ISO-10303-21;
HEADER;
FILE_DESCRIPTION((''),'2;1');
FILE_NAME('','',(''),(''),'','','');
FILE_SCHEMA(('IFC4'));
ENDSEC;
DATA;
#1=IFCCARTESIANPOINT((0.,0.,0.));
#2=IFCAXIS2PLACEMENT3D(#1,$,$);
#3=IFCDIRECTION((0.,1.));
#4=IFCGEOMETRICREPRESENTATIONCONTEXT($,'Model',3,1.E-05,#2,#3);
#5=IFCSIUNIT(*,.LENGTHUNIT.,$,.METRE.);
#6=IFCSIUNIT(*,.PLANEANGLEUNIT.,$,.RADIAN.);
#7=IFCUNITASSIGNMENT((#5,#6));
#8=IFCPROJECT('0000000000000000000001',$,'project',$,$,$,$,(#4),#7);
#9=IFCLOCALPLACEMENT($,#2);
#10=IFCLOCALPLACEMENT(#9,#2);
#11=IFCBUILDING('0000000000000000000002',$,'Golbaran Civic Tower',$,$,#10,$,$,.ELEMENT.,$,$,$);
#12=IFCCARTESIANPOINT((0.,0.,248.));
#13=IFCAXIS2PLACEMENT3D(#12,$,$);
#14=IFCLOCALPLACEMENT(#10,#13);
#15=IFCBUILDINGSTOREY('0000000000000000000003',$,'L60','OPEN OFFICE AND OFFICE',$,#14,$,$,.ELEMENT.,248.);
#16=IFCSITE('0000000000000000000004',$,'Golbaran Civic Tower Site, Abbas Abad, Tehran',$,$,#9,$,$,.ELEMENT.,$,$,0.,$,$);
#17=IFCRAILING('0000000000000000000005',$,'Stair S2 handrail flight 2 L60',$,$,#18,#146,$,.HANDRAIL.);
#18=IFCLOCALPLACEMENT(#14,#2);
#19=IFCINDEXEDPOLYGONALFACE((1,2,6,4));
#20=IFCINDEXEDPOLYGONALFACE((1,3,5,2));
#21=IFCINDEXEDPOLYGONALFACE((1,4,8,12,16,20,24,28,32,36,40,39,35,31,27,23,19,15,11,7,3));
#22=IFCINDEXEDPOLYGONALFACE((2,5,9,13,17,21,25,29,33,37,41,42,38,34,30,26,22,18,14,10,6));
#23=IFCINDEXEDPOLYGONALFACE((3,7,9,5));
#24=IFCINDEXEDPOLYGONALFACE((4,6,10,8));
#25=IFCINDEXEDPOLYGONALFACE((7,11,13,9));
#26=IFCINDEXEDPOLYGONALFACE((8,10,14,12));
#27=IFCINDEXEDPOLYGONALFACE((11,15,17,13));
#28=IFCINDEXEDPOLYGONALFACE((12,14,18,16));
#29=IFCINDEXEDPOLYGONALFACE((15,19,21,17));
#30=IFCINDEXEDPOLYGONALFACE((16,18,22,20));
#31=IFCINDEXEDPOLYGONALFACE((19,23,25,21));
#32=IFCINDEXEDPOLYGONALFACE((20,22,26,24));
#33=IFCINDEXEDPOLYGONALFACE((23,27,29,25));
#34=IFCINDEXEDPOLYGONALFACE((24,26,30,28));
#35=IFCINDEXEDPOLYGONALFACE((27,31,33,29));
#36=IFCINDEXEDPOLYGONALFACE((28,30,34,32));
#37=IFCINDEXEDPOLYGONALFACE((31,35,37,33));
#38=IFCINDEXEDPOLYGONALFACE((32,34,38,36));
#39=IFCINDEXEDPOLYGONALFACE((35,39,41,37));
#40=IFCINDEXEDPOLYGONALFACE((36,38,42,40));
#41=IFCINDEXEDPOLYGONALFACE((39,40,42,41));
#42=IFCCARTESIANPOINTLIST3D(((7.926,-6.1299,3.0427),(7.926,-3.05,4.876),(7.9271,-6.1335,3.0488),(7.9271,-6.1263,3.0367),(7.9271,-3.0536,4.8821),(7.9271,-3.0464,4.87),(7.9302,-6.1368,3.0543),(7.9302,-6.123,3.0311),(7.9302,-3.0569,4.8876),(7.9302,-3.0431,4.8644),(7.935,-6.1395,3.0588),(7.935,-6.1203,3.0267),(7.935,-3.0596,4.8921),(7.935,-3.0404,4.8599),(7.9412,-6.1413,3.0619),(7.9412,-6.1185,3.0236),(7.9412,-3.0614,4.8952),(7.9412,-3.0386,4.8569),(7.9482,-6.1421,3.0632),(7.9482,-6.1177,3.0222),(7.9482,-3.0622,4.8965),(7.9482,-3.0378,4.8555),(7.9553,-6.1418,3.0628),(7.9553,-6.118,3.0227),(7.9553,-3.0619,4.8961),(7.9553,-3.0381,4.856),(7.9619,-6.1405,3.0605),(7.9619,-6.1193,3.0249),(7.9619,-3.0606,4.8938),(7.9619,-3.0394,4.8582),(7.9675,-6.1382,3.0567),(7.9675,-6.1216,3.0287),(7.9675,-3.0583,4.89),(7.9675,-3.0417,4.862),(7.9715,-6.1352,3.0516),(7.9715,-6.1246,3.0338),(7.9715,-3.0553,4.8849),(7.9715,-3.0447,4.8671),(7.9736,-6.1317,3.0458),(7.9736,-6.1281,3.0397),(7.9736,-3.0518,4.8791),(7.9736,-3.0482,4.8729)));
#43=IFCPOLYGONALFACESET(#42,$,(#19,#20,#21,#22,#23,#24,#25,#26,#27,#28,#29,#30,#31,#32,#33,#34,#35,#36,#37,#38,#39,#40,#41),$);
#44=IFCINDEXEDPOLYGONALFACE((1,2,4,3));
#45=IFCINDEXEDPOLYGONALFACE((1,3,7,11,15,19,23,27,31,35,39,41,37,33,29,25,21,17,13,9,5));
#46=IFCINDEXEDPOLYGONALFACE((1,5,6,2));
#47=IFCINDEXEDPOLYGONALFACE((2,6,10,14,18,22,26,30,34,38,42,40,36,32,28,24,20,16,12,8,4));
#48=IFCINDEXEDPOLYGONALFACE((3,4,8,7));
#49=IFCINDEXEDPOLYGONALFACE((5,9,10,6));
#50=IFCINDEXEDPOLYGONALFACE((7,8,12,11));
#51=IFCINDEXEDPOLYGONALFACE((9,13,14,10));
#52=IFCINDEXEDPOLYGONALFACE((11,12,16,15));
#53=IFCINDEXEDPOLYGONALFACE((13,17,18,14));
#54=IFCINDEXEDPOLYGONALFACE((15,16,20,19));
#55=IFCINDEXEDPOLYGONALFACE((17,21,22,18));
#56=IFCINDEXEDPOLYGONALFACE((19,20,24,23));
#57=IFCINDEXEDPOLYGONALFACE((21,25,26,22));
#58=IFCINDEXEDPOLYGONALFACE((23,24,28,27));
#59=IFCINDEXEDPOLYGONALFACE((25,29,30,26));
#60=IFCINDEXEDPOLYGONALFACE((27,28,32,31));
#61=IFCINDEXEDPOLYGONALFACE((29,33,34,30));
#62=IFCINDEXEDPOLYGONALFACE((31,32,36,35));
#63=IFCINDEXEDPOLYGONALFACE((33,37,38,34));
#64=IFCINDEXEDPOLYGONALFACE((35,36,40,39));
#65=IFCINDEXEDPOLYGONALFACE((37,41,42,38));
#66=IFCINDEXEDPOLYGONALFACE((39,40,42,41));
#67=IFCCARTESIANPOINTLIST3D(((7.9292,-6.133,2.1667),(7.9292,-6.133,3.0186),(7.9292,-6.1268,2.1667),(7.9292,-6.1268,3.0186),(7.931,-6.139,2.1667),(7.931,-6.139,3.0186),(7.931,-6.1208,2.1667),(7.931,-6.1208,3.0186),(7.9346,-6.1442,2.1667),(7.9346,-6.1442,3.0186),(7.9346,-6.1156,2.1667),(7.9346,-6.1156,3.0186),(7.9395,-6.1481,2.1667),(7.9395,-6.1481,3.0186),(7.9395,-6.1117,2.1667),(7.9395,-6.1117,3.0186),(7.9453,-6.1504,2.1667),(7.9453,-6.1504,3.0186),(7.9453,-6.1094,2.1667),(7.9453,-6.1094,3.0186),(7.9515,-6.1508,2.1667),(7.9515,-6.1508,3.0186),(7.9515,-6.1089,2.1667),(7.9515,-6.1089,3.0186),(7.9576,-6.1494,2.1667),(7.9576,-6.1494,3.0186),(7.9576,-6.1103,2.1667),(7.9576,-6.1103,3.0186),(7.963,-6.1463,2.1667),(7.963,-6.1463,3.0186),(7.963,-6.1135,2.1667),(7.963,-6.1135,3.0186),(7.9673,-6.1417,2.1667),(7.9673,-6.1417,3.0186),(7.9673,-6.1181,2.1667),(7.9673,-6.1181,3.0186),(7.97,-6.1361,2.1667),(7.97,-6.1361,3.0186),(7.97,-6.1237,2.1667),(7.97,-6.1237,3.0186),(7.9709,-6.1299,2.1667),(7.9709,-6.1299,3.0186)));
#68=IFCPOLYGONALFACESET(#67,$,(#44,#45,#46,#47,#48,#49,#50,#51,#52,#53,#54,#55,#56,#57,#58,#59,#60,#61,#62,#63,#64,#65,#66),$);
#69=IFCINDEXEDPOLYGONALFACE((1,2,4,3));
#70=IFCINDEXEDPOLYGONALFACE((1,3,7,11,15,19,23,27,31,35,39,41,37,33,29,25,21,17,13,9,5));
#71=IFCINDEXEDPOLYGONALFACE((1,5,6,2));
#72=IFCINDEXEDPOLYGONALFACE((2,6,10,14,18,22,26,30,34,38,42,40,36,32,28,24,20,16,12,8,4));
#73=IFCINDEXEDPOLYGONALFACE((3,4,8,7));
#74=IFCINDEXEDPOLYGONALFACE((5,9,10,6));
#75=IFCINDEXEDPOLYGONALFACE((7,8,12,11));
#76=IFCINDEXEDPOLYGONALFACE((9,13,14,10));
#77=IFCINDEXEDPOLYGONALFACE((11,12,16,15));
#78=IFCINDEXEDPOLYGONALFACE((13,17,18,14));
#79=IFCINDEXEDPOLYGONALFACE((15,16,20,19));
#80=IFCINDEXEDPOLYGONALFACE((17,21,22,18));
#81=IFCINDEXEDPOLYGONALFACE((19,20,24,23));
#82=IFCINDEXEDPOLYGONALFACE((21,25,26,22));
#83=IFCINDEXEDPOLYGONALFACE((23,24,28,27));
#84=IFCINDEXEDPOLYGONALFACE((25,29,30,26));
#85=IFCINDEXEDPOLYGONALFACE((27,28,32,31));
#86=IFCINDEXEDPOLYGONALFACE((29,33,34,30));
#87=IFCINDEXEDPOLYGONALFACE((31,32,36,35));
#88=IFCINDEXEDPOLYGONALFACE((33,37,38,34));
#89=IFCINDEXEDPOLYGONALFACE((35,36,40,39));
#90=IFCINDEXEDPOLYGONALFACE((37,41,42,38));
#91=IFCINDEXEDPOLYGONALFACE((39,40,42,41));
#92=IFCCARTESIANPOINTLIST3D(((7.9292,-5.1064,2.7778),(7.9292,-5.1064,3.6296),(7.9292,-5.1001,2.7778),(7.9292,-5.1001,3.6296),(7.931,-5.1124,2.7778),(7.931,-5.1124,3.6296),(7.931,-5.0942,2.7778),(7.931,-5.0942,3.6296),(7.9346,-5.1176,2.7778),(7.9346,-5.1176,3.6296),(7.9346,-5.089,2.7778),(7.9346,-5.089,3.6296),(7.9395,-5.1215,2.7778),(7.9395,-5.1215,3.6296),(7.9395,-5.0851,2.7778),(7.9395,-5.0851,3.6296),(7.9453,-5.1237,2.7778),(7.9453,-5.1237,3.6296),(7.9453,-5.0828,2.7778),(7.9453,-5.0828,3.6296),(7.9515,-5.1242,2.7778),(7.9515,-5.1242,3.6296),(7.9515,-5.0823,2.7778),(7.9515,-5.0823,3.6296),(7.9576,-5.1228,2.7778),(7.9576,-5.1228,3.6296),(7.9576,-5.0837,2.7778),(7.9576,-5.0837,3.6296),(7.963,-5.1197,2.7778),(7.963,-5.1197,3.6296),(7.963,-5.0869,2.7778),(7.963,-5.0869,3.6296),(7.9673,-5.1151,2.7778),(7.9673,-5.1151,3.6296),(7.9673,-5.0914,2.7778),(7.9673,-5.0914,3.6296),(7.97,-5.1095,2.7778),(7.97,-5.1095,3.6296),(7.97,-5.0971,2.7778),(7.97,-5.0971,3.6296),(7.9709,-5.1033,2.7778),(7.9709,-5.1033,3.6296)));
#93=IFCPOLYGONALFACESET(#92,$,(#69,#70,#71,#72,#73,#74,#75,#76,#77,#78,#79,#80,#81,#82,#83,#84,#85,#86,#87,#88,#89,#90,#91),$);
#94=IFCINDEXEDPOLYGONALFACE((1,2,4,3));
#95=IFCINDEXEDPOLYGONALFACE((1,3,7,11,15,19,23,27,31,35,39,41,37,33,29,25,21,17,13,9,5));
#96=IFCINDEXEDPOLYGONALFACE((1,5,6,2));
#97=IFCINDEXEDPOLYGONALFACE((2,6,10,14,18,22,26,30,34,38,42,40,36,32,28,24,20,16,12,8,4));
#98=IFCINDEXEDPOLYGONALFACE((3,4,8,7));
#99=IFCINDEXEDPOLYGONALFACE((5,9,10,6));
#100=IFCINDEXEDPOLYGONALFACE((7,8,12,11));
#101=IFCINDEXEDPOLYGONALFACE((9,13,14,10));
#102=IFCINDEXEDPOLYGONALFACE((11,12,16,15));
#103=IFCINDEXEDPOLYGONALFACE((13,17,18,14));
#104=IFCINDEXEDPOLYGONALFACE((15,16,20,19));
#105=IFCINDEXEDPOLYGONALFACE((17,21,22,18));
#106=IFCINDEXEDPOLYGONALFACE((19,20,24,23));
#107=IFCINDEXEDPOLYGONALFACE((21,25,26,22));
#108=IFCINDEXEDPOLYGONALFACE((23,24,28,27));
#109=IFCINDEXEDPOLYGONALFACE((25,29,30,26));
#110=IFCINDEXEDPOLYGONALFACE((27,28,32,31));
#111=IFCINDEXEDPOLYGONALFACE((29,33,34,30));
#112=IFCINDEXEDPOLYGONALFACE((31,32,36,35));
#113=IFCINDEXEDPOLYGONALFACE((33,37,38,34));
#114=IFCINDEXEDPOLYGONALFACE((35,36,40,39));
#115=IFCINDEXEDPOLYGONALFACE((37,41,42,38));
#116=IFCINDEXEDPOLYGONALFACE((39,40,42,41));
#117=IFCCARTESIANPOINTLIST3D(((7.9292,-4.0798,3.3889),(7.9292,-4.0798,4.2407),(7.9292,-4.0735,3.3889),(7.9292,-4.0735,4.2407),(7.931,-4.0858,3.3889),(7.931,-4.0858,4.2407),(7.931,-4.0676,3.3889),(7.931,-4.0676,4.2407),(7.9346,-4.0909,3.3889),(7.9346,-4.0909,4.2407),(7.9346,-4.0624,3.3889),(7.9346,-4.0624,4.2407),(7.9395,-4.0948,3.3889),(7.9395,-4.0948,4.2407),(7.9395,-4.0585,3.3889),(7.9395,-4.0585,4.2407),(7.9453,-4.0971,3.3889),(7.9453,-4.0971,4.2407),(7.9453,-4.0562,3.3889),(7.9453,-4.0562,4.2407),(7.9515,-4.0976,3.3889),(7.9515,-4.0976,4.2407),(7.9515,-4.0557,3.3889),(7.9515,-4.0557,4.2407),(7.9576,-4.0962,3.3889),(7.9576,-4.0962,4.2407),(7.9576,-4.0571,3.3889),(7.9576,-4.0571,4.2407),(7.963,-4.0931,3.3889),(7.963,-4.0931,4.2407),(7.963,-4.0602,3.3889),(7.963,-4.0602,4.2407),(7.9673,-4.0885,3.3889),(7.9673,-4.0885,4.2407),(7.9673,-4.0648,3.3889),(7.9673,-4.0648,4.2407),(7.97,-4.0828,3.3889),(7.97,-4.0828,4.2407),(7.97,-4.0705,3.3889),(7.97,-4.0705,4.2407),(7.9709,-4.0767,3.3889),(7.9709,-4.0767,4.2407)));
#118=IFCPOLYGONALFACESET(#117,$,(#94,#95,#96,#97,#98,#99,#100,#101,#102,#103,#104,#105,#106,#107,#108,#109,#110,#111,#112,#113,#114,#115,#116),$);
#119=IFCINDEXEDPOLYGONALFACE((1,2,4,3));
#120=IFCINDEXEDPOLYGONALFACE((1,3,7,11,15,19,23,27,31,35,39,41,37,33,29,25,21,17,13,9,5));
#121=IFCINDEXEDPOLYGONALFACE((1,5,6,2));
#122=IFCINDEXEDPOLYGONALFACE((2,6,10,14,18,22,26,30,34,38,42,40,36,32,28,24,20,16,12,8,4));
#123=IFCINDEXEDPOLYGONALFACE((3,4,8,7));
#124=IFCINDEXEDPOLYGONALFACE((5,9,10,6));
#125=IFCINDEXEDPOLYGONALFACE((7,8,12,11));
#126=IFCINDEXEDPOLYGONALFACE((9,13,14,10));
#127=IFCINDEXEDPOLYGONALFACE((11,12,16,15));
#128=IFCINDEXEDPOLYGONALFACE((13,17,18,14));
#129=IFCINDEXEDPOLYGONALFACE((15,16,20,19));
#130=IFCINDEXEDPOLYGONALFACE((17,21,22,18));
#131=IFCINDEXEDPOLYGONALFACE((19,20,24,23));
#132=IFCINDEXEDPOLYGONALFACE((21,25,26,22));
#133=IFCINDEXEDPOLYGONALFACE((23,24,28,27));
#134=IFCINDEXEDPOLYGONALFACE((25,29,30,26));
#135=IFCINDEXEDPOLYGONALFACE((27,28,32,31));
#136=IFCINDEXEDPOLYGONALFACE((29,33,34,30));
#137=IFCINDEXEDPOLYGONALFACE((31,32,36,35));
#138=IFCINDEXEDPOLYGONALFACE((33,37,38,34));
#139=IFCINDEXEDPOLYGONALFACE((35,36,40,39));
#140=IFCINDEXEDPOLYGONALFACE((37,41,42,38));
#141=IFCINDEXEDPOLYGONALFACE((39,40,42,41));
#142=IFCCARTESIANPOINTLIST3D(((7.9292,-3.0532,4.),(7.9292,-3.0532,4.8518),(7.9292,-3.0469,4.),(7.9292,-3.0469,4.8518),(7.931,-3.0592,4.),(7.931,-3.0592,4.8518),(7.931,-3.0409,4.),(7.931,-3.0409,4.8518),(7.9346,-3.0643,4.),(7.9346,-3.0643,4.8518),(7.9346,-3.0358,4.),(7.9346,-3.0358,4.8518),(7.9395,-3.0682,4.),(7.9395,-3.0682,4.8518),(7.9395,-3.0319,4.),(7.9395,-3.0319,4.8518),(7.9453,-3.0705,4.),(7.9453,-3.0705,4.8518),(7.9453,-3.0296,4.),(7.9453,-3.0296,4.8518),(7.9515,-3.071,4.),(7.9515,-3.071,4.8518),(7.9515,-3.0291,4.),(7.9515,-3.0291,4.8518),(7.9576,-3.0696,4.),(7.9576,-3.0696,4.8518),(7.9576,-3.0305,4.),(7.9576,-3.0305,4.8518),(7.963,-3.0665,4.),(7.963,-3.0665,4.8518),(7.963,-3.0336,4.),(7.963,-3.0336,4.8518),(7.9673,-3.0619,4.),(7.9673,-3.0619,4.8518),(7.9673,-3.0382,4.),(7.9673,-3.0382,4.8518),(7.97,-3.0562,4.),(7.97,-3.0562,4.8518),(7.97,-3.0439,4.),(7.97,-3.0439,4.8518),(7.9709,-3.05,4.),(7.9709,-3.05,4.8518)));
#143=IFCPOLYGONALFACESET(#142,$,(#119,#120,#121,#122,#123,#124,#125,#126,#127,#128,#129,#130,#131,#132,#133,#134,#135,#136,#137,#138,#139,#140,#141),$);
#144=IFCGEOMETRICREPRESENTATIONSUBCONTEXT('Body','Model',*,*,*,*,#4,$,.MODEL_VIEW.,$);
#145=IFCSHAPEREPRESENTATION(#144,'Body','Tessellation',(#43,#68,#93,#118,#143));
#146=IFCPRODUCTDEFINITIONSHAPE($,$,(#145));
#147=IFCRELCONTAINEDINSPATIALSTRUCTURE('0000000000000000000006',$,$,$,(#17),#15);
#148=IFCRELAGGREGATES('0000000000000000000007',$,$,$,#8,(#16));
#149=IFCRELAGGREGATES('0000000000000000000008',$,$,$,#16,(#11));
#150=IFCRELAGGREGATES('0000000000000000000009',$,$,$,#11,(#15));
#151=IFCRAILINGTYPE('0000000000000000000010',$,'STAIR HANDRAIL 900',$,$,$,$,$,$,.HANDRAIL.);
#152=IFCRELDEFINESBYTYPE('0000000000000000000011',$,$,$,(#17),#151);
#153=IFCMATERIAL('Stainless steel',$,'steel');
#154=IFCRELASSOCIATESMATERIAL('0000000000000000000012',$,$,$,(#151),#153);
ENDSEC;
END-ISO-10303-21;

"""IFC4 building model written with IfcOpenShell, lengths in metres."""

from ifc_helpers import new_model, si_unit, direction, frame, origin, origin_2d, place, context, subcontext, project, spatial, circle, extrude, material, type_object, element, save


model = new_model("IFC4")

# Units and contexts
model_context = context("Model", 3, precision=1e-05, world=origin(), true_north=direction((0.0, 1.0)))
body_context = subcontext(model_context, "Body", "Model", "MODEL_VIEW")
ifc_project = project(units=[si_unit("LENGTHUNIT", "METRE"), si_unit("PLANEANGLEUNIT", "RADIAN")], contexts=[model_context])

# Site, building, storey
site_placement = place(None, origin())
site = spatial("IfcSite", under=ifc_project, at=site_placement, Name="Golbaran Civic Tower Site, Abbas Abad, Tehran", CompositionType="ELEMENT", RefElevation=0.0)
building_placement = place(site_placement, origin())
building = spatial("IfcBuilding", under=site, at=building_placement, Name="Golbaran Civic Tower", CompositionType="ELEMENT")
storey_placement = place(building_placement, frame((0.0, 0.0, 248.0)))
storey = spatial("IfcBuildingStorey", under=building, at=storey_placement, Name="L60", Description="OPEN OFFICE AND OFFICE", CompositionType="ELEMENT", Elevation=248.0)

# Railing
ifc_material_1 = material(Name="Stainless steel", Category="steel")
railing_type = type_object("IfcRailingType", Name="STAIR HANDRAIL 900", PredefinedType="HANDRAIL", material=ifc_material_1)
railing_placement = place(storey_placement, frame((7.95, -6.1299, 2.1667)))
element("IfcRailing", 1, at=railing_placement, inside=storey, type_object=railing_type, Name="Stair S2 handrail flight 2 L60", PredefinedType="HANDRAIL", context=body_context, shape_type="SweptSolid", body=[
    extrude(circle(Radius=0.0239, at=origin_2d()), frame((0.0, 0.0, 0.876), z_axis=(0.0, 0.859291, 0.511487), x_axis=(-1.0, 0.0, 0.0)), (0.0, 0.0, 1.0), 3.5842),
    extrude(circle(Radius=0.021, at=origin_2d()), origin(), (0.0, 0.0, 1.0), 0.8518),
    extrude(circle(Radius=0.021, at=origin_2d()), frame((0.0, 1.0266, 0.6111)), (0.0, 0.0, 1.0), 0.8518),
    extrude(circle(Radius=0.021, at=origin_2d()), frame((0.0, 2.0532, 1.2222)), (0.0, 0.0, 1.0), 0.8518),
    extrude(circle(Radius=0.021, at=origin_2d()), frame((0.0, 3.0798, 1.8333)), (0.0, 0.0, 1.0), 0.8518),
])

save(model, "model.ifc")
